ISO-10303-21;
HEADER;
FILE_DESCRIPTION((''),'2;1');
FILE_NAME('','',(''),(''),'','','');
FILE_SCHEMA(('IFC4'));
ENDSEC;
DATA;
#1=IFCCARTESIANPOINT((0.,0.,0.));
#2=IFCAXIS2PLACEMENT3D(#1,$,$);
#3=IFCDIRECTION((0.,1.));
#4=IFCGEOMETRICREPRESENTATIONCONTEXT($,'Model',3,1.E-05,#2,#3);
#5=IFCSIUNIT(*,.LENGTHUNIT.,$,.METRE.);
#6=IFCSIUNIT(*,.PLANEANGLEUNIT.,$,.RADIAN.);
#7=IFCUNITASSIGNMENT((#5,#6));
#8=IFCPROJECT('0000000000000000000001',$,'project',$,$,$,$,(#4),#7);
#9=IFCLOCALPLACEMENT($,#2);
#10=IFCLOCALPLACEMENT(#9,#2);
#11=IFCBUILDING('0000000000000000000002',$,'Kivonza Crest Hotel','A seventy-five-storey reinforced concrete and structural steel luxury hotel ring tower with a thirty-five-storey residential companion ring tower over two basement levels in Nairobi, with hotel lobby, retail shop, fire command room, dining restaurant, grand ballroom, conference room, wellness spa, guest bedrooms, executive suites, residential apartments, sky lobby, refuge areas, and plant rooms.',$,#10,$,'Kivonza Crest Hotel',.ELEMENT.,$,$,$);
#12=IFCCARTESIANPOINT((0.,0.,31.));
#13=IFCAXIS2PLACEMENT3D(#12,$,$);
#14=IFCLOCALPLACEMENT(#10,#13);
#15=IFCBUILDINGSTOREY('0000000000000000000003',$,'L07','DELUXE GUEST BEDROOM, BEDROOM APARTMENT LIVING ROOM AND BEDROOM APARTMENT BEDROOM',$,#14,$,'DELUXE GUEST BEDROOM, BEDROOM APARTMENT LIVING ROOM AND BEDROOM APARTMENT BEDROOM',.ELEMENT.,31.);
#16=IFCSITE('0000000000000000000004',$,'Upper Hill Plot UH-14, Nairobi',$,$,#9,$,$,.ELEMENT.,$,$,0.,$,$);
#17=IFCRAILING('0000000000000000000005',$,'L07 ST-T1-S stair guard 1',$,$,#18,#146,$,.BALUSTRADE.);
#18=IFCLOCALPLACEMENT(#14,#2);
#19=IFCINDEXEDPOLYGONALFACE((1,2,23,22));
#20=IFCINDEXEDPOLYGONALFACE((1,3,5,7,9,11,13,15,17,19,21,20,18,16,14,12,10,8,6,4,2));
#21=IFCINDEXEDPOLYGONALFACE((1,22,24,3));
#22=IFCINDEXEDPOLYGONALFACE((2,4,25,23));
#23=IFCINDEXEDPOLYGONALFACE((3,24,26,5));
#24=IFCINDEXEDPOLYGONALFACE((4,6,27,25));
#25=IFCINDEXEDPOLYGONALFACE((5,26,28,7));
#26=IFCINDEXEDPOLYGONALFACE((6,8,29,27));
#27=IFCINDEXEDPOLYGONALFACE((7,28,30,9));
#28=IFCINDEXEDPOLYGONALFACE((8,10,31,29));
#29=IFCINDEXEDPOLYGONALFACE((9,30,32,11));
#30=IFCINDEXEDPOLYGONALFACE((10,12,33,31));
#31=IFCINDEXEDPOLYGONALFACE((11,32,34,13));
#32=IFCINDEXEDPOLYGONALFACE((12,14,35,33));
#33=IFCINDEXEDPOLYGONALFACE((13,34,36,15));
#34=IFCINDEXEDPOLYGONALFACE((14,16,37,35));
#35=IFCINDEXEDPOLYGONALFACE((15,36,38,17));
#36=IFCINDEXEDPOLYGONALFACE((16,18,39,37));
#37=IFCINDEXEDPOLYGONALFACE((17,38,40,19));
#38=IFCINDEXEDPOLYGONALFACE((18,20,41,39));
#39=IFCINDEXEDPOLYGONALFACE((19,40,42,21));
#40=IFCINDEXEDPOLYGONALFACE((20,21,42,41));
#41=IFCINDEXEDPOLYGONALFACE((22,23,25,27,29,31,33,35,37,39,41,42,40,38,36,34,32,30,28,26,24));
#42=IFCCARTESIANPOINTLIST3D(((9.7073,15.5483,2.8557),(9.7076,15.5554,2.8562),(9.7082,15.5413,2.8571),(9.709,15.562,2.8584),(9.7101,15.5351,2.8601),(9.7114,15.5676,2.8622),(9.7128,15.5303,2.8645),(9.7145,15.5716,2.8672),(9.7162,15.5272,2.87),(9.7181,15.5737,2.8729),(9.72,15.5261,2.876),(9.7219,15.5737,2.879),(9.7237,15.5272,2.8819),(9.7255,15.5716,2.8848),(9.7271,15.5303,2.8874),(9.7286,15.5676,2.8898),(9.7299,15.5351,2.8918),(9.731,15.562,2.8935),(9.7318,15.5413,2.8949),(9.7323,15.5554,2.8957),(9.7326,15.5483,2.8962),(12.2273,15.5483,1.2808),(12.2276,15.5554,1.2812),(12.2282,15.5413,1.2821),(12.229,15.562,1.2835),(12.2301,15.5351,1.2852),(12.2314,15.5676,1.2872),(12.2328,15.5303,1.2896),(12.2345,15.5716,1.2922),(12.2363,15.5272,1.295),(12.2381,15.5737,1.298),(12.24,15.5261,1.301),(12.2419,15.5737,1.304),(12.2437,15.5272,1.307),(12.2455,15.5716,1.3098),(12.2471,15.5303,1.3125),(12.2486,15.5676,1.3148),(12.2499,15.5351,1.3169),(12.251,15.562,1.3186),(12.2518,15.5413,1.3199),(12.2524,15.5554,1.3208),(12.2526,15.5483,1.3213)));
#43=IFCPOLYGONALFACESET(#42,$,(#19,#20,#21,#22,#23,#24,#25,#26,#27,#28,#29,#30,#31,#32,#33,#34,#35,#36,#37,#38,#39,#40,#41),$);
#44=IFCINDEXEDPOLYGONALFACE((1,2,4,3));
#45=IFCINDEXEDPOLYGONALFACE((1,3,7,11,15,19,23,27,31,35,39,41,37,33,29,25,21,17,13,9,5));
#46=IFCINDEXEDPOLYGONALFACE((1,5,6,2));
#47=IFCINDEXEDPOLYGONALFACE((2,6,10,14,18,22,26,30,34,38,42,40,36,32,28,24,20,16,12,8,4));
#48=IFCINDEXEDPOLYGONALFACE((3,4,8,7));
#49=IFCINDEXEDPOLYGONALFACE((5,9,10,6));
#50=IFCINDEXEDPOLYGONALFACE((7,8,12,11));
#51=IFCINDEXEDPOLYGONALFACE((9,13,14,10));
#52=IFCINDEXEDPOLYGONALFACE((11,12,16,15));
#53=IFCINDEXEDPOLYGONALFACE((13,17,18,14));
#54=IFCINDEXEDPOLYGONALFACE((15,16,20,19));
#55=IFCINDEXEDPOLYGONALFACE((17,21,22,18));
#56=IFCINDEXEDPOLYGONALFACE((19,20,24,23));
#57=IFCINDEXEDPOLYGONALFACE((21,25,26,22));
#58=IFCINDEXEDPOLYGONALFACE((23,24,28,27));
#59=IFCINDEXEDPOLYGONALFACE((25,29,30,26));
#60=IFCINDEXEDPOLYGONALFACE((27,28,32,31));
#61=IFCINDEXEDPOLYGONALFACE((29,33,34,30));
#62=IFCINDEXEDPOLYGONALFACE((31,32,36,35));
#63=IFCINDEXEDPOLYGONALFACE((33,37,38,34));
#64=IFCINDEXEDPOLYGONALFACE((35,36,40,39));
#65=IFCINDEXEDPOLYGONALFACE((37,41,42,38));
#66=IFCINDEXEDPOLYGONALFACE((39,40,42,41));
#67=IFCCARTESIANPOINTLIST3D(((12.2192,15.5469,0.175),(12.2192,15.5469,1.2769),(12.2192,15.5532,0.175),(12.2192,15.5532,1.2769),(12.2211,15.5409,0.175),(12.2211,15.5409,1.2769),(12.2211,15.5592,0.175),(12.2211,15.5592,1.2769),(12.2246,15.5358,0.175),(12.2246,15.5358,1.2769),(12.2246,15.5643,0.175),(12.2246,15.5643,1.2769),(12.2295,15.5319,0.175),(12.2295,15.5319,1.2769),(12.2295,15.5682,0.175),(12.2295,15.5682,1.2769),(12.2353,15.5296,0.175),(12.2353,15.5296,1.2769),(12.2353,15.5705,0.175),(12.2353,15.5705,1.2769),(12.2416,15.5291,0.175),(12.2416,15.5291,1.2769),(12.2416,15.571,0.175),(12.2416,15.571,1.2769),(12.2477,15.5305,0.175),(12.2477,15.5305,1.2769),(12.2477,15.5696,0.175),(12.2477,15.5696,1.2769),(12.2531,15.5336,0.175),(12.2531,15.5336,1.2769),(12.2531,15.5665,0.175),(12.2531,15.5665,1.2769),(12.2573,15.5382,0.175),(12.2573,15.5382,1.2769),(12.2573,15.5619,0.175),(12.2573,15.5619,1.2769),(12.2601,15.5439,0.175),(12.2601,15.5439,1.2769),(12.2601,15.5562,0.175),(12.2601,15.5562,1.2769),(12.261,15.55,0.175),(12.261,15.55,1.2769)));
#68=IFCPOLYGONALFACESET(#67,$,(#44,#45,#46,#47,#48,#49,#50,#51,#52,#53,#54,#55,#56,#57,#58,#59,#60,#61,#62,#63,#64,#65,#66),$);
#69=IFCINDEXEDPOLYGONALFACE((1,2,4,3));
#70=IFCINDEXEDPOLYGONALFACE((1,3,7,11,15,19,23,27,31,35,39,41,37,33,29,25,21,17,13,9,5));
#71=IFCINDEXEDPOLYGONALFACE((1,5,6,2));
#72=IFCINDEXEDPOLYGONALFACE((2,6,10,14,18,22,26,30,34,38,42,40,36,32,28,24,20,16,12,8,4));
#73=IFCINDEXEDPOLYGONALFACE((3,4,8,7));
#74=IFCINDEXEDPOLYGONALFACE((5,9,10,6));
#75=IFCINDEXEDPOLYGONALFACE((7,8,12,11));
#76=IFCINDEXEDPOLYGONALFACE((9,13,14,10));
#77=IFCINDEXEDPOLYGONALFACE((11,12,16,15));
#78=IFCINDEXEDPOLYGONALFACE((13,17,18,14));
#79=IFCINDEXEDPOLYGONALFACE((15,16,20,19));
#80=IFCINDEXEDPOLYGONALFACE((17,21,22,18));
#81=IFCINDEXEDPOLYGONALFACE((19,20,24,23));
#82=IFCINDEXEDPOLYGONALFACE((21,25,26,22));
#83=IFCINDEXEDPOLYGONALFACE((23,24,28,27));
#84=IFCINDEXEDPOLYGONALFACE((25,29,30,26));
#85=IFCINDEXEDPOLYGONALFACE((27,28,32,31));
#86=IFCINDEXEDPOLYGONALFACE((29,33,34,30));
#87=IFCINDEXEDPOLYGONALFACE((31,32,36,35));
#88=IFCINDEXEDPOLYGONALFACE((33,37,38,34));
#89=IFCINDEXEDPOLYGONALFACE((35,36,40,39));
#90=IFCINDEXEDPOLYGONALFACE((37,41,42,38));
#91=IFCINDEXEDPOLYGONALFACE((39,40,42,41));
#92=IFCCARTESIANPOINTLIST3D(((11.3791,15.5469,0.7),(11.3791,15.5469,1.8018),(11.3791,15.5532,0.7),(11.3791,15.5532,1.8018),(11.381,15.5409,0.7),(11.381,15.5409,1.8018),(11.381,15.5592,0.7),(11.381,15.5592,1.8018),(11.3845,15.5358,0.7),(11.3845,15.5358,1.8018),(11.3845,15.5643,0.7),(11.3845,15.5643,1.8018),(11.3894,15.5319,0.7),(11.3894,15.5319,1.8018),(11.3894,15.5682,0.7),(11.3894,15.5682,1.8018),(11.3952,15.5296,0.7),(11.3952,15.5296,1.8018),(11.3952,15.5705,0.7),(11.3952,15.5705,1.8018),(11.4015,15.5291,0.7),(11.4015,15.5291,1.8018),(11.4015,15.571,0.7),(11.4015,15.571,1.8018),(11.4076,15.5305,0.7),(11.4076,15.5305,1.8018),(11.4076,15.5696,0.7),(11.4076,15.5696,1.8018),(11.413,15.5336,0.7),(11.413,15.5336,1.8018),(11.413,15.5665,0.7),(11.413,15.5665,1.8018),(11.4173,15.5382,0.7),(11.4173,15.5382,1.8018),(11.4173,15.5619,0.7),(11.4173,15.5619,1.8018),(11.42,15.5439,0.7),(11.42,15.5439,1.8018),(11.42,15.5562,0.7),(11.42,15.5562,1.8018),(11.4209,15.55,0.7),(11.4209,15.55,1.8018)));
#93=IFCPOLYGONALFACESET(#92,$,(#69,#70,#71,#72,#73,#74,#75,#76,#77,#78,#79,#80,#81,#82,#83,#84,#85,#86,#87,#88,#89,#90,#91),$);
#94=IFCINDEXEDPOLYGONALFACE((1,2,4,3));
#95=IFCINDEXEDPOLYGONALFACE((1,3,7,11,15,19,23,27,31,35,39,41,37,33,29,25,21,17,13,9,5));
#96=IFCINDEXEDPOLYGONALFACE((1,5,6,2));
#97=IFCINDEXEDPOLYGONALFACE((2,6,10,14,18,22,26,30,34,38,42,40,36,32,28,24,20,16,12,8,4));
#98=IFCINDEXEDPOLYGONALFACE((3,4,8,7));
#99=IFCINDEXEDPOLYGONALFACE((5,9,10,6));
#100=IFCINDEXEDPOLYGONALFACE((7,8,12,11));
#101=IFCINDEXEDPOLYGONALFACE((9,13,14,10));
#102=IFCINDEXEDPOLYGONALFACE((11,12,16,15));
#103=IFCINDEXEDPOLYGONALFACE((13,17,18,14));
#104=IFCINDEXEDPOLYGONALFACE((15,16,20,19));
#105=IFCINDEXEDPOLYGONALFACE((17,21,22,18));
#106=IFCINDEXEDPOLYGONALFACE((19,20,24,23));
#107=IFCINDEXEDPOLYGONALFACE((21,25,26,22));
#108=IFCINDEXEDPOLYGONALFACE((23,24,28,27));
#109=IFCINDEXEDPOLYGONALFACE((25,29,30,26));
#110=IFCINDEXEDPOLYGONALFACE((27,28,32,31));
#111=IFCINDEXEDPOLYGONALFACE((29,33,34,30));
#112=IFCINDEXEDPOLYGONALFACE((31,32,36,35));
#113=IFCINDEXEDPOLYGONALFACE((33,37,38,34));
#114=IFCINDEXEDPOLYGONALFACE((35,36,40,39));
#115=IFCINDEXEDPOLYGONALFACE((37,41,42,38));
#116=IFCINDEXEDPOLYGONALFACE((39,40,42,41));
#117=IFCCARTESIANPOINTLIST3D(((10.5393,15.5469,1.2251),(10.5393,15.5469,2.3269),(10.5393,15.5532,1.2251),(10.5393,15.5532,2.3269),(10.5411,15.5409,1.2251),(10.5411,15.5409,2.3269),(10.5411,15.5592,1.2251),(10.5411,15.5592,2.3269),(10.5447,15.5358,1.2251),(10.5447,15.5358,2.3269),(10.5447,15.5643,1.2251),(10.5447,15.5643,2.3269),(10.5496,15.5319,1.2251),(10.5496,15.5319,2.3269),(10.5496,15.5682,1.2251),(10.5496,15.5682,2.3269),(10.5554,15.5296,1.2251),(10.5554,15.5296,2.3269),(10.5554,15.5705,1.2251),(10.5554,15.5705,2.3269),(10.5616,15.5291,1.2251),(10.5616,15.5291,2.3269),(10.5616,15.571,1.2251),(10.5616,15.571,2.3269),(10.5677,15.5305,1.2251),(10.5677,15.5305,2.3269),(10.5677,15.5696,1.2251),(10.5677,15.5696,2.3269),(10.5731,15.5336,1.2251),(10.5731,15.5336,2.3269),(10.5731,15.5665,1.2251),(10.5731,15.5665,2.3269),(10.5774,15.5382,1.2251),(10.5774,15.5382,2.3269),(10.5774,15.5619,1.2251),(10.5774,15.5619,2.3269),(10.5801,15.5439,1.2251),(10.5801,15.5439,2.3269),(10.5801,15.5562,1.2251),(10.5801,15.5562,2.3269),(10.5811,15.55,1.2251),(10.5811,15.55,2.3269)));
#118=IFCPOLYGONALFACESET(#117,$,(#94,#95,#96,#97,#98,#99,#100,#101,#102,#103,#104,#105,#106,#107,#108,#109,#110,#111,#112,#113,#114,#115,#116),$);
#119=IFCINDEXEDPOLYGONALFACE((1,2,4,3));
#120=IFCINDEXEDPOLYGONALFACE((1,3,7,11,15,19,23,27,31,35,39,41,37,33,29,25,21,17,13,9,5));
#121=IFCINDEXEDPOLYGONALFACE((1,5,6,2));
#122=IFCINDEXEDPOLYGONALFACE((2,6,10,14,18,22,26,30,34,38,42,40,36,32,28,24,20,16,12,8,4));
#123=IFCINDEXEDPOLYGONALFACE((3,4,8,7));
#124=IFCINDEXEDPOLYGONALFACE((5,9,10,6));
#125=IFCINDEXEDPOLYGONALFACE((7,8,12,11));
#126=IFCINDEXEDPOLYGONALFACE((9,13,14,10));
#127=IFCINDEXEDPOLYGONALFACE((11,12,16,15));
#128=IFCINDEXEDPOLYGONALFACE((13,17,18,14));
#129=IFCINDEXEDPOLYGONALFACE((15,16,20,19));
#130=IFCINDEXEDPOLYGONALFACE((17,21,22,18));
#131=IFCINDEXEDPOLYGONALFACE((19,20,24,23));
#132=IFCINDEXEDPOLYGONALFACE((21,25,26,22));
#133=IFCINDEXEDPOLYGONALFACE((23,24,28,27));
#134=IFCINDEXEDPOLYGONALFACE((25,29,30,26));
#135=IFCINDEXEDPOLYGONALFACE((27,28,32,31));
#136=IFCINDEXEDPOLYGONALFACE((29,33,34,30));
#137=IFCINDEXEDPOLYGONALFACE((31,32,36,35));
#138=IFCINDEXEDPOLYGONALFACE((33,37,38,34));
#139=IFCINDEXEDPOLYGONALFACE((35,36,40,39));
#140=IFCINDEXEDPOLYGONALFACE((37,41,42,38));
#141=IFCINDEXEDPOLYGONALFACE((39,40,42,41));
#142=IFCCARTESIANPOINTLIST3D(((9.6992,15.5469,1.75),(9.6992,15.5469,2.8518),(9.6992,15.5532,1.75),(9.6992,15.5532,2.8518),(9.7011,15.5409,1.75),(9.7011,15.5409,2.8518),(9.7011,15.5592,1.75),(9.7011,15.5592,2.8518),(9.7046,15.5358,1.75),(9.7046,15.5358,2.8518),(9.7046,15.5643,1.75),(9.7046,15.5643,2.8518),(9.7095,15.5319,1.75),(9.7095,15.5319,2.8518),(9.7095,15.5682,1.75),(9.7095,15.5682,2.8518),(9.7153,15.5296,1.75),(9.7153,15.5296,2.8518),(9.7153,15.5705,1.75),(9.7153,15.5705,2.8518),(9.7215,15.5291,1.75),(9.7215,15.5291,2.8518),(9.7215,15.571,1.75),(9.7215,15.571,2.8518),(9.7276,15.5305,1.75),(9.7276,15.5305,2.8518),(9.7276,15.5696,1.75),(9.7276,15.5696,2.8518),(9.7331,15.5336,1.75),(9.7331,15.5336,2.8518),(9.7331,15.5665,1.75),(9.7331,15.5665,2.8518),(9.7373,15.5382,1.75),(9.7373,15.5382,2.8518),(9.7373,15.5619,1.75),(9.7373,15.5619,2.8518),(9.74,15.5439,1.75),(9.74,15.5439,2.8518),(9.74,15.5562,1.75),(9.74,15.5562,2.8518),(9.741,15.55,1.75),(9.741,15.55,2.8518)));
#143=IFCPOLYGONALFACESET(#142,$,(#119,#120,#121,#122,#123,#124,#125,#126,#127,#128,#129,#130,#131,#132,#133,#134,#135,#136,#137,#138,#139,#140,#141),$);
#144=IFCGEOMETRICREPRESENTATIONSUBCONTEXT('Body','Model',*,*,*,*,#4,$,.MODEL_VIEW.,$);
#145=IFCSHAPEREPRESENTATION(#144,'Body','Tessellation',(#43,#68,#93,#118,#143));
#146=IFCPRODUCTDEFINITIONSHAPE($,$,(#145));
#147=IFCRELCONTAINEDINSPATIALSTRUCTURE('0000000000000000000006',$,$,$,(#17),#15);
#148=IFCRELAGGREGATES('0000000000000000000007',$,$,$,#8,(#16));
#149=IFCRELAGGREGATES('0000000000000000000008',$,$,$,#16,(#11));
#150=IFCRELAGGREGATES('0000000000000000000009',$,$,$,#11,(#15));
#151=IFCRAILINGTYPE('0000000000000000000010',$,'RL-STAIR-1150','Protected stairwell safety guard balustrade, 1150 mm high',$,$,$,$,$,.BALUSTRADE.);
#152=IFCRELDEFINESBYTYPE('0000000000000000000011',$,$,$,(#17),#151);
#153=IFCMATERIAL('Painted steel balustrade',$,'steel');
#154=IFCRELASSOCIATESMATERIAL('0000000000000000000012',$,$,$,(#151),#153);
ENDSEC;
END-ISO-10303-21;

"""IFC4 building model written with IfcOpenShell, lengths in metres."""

from ifc_helpers import new_model, si_unit, direction, frame, origin, origin_2d, place, context, subcontext, project, spatial, circle, extrude, material, type_object, element, save


model = new_model("IFC4")

# Units and contexts
model_context = context("Model", 3, precision=1e-05, world=origin(), true_north=direction((0.0, 1.0)))
body_context = subcontext(model_context, "Body", "Model", "MODEL_VIEW")
ifc_project = project(units=[si_unit("LENGTHUNIT", "METRE"), si_unit("PLANEANGLEUNIT", "RADIAN")], contexts=[model_context])

# Site, building, storey
site_placement = place(None, origin())
site = spatial("IfcSite", under=ifc_project, at=site_placement, Name="Upper Hill Plot UH-14, Nairobi", CompositionType="ELEMENT", RefElevation=0.0)
building_placement = place(site_placement, origin())
building = spatial("IfcBuilding", under=site, at=building_placement, Name="Kivonza Crest Hotel", Description="A seventy-five-storey reinforced concrete and structural steel luxury hotel ring tower with a thirty-five-storey residential companion ring tower over two basement levels in Nairobi, with hotel lobby, retail shop, fire command room, dining restaurant, grand ballroom, conference room, wellness spa, guest bedrooms, executive suites, residential apartments, sky lobby, refuge areas, and plant rooms.", LongName="Kivonza Crest Hotel", CompositionType="ELEMENT")
storey_placement = place(building_placement, frame((0.0, 0.0, 31.0)))
storey = spatial("IfcBuildingStorey", under=building, at=storey_placement, Name="L07", Description="DELUXE GUEST BEDROOM, BEDROOM APARTMENT LIVING ROOM AND BEDROOM APARTMENT BEDROOM", LongName="DELUXE GUEST BEDROOM, BEDROOM APARTMENT LIVING ROOM AND BEDROOM APARTMENT BEDROOM", CompositionType="ELEMENT", Elevation=31.0)

# Railing
ifc_material_1 = material(Name="Painted steel balustrade", Category="steel")
railing_type_1 = type_object("IfcRailingType", Name="RL-STAIR-1150", Description="Protected stairwell safety guard balustrade, 1150 mm high", PredefinedType="BALUSTRADE", material=ifc_material_1)
railing_1_placement = place(storey_placement, frame((12.24, 15.55, 0.175)))
element("IfcRailing", 1, at=railing_1_placement, inside=storey, type_object=railing_type_1, Name="L07 ST-T1-S stair guard 1", PredefinedType="BALUSTRADE", context=body_context, shape_type="SweptSolid", body=[
    extrude(circle(Radius=0.0239, at=origin_2d()), frame((0.0, 0.0, 1.126), z_axis=(-0.848008, 0.0, 0.529984), x_axis=(0.0, -1.0, 0.0)), (0.0, 0.0, 1.0), 2.9717),
    extrude(circle(Radius=0.021, at=origin_2d()), origin(), (0.0, 0.0, 1.0), 1.1018),
    extrude(circle(Radius=0.021, at=origin_2d()), frame((-0.8401, 0.0, 0.5249)), (0.0, 0.0, 1.0), 1.1018),
    extrude(circle(Radius=0.021, at=origin_2d()), frame((-1.6799, 0.0, 1.05)), (0.0, 0.0, 1.0), 1.1018),
    extrude(circle(Radius=0.021, at=origin_2d()), frame((-2.52, 0.0, 1.575)), (0.0, 0.0, 1.0), 1.1018),
])

save(model, "model.ifc")
